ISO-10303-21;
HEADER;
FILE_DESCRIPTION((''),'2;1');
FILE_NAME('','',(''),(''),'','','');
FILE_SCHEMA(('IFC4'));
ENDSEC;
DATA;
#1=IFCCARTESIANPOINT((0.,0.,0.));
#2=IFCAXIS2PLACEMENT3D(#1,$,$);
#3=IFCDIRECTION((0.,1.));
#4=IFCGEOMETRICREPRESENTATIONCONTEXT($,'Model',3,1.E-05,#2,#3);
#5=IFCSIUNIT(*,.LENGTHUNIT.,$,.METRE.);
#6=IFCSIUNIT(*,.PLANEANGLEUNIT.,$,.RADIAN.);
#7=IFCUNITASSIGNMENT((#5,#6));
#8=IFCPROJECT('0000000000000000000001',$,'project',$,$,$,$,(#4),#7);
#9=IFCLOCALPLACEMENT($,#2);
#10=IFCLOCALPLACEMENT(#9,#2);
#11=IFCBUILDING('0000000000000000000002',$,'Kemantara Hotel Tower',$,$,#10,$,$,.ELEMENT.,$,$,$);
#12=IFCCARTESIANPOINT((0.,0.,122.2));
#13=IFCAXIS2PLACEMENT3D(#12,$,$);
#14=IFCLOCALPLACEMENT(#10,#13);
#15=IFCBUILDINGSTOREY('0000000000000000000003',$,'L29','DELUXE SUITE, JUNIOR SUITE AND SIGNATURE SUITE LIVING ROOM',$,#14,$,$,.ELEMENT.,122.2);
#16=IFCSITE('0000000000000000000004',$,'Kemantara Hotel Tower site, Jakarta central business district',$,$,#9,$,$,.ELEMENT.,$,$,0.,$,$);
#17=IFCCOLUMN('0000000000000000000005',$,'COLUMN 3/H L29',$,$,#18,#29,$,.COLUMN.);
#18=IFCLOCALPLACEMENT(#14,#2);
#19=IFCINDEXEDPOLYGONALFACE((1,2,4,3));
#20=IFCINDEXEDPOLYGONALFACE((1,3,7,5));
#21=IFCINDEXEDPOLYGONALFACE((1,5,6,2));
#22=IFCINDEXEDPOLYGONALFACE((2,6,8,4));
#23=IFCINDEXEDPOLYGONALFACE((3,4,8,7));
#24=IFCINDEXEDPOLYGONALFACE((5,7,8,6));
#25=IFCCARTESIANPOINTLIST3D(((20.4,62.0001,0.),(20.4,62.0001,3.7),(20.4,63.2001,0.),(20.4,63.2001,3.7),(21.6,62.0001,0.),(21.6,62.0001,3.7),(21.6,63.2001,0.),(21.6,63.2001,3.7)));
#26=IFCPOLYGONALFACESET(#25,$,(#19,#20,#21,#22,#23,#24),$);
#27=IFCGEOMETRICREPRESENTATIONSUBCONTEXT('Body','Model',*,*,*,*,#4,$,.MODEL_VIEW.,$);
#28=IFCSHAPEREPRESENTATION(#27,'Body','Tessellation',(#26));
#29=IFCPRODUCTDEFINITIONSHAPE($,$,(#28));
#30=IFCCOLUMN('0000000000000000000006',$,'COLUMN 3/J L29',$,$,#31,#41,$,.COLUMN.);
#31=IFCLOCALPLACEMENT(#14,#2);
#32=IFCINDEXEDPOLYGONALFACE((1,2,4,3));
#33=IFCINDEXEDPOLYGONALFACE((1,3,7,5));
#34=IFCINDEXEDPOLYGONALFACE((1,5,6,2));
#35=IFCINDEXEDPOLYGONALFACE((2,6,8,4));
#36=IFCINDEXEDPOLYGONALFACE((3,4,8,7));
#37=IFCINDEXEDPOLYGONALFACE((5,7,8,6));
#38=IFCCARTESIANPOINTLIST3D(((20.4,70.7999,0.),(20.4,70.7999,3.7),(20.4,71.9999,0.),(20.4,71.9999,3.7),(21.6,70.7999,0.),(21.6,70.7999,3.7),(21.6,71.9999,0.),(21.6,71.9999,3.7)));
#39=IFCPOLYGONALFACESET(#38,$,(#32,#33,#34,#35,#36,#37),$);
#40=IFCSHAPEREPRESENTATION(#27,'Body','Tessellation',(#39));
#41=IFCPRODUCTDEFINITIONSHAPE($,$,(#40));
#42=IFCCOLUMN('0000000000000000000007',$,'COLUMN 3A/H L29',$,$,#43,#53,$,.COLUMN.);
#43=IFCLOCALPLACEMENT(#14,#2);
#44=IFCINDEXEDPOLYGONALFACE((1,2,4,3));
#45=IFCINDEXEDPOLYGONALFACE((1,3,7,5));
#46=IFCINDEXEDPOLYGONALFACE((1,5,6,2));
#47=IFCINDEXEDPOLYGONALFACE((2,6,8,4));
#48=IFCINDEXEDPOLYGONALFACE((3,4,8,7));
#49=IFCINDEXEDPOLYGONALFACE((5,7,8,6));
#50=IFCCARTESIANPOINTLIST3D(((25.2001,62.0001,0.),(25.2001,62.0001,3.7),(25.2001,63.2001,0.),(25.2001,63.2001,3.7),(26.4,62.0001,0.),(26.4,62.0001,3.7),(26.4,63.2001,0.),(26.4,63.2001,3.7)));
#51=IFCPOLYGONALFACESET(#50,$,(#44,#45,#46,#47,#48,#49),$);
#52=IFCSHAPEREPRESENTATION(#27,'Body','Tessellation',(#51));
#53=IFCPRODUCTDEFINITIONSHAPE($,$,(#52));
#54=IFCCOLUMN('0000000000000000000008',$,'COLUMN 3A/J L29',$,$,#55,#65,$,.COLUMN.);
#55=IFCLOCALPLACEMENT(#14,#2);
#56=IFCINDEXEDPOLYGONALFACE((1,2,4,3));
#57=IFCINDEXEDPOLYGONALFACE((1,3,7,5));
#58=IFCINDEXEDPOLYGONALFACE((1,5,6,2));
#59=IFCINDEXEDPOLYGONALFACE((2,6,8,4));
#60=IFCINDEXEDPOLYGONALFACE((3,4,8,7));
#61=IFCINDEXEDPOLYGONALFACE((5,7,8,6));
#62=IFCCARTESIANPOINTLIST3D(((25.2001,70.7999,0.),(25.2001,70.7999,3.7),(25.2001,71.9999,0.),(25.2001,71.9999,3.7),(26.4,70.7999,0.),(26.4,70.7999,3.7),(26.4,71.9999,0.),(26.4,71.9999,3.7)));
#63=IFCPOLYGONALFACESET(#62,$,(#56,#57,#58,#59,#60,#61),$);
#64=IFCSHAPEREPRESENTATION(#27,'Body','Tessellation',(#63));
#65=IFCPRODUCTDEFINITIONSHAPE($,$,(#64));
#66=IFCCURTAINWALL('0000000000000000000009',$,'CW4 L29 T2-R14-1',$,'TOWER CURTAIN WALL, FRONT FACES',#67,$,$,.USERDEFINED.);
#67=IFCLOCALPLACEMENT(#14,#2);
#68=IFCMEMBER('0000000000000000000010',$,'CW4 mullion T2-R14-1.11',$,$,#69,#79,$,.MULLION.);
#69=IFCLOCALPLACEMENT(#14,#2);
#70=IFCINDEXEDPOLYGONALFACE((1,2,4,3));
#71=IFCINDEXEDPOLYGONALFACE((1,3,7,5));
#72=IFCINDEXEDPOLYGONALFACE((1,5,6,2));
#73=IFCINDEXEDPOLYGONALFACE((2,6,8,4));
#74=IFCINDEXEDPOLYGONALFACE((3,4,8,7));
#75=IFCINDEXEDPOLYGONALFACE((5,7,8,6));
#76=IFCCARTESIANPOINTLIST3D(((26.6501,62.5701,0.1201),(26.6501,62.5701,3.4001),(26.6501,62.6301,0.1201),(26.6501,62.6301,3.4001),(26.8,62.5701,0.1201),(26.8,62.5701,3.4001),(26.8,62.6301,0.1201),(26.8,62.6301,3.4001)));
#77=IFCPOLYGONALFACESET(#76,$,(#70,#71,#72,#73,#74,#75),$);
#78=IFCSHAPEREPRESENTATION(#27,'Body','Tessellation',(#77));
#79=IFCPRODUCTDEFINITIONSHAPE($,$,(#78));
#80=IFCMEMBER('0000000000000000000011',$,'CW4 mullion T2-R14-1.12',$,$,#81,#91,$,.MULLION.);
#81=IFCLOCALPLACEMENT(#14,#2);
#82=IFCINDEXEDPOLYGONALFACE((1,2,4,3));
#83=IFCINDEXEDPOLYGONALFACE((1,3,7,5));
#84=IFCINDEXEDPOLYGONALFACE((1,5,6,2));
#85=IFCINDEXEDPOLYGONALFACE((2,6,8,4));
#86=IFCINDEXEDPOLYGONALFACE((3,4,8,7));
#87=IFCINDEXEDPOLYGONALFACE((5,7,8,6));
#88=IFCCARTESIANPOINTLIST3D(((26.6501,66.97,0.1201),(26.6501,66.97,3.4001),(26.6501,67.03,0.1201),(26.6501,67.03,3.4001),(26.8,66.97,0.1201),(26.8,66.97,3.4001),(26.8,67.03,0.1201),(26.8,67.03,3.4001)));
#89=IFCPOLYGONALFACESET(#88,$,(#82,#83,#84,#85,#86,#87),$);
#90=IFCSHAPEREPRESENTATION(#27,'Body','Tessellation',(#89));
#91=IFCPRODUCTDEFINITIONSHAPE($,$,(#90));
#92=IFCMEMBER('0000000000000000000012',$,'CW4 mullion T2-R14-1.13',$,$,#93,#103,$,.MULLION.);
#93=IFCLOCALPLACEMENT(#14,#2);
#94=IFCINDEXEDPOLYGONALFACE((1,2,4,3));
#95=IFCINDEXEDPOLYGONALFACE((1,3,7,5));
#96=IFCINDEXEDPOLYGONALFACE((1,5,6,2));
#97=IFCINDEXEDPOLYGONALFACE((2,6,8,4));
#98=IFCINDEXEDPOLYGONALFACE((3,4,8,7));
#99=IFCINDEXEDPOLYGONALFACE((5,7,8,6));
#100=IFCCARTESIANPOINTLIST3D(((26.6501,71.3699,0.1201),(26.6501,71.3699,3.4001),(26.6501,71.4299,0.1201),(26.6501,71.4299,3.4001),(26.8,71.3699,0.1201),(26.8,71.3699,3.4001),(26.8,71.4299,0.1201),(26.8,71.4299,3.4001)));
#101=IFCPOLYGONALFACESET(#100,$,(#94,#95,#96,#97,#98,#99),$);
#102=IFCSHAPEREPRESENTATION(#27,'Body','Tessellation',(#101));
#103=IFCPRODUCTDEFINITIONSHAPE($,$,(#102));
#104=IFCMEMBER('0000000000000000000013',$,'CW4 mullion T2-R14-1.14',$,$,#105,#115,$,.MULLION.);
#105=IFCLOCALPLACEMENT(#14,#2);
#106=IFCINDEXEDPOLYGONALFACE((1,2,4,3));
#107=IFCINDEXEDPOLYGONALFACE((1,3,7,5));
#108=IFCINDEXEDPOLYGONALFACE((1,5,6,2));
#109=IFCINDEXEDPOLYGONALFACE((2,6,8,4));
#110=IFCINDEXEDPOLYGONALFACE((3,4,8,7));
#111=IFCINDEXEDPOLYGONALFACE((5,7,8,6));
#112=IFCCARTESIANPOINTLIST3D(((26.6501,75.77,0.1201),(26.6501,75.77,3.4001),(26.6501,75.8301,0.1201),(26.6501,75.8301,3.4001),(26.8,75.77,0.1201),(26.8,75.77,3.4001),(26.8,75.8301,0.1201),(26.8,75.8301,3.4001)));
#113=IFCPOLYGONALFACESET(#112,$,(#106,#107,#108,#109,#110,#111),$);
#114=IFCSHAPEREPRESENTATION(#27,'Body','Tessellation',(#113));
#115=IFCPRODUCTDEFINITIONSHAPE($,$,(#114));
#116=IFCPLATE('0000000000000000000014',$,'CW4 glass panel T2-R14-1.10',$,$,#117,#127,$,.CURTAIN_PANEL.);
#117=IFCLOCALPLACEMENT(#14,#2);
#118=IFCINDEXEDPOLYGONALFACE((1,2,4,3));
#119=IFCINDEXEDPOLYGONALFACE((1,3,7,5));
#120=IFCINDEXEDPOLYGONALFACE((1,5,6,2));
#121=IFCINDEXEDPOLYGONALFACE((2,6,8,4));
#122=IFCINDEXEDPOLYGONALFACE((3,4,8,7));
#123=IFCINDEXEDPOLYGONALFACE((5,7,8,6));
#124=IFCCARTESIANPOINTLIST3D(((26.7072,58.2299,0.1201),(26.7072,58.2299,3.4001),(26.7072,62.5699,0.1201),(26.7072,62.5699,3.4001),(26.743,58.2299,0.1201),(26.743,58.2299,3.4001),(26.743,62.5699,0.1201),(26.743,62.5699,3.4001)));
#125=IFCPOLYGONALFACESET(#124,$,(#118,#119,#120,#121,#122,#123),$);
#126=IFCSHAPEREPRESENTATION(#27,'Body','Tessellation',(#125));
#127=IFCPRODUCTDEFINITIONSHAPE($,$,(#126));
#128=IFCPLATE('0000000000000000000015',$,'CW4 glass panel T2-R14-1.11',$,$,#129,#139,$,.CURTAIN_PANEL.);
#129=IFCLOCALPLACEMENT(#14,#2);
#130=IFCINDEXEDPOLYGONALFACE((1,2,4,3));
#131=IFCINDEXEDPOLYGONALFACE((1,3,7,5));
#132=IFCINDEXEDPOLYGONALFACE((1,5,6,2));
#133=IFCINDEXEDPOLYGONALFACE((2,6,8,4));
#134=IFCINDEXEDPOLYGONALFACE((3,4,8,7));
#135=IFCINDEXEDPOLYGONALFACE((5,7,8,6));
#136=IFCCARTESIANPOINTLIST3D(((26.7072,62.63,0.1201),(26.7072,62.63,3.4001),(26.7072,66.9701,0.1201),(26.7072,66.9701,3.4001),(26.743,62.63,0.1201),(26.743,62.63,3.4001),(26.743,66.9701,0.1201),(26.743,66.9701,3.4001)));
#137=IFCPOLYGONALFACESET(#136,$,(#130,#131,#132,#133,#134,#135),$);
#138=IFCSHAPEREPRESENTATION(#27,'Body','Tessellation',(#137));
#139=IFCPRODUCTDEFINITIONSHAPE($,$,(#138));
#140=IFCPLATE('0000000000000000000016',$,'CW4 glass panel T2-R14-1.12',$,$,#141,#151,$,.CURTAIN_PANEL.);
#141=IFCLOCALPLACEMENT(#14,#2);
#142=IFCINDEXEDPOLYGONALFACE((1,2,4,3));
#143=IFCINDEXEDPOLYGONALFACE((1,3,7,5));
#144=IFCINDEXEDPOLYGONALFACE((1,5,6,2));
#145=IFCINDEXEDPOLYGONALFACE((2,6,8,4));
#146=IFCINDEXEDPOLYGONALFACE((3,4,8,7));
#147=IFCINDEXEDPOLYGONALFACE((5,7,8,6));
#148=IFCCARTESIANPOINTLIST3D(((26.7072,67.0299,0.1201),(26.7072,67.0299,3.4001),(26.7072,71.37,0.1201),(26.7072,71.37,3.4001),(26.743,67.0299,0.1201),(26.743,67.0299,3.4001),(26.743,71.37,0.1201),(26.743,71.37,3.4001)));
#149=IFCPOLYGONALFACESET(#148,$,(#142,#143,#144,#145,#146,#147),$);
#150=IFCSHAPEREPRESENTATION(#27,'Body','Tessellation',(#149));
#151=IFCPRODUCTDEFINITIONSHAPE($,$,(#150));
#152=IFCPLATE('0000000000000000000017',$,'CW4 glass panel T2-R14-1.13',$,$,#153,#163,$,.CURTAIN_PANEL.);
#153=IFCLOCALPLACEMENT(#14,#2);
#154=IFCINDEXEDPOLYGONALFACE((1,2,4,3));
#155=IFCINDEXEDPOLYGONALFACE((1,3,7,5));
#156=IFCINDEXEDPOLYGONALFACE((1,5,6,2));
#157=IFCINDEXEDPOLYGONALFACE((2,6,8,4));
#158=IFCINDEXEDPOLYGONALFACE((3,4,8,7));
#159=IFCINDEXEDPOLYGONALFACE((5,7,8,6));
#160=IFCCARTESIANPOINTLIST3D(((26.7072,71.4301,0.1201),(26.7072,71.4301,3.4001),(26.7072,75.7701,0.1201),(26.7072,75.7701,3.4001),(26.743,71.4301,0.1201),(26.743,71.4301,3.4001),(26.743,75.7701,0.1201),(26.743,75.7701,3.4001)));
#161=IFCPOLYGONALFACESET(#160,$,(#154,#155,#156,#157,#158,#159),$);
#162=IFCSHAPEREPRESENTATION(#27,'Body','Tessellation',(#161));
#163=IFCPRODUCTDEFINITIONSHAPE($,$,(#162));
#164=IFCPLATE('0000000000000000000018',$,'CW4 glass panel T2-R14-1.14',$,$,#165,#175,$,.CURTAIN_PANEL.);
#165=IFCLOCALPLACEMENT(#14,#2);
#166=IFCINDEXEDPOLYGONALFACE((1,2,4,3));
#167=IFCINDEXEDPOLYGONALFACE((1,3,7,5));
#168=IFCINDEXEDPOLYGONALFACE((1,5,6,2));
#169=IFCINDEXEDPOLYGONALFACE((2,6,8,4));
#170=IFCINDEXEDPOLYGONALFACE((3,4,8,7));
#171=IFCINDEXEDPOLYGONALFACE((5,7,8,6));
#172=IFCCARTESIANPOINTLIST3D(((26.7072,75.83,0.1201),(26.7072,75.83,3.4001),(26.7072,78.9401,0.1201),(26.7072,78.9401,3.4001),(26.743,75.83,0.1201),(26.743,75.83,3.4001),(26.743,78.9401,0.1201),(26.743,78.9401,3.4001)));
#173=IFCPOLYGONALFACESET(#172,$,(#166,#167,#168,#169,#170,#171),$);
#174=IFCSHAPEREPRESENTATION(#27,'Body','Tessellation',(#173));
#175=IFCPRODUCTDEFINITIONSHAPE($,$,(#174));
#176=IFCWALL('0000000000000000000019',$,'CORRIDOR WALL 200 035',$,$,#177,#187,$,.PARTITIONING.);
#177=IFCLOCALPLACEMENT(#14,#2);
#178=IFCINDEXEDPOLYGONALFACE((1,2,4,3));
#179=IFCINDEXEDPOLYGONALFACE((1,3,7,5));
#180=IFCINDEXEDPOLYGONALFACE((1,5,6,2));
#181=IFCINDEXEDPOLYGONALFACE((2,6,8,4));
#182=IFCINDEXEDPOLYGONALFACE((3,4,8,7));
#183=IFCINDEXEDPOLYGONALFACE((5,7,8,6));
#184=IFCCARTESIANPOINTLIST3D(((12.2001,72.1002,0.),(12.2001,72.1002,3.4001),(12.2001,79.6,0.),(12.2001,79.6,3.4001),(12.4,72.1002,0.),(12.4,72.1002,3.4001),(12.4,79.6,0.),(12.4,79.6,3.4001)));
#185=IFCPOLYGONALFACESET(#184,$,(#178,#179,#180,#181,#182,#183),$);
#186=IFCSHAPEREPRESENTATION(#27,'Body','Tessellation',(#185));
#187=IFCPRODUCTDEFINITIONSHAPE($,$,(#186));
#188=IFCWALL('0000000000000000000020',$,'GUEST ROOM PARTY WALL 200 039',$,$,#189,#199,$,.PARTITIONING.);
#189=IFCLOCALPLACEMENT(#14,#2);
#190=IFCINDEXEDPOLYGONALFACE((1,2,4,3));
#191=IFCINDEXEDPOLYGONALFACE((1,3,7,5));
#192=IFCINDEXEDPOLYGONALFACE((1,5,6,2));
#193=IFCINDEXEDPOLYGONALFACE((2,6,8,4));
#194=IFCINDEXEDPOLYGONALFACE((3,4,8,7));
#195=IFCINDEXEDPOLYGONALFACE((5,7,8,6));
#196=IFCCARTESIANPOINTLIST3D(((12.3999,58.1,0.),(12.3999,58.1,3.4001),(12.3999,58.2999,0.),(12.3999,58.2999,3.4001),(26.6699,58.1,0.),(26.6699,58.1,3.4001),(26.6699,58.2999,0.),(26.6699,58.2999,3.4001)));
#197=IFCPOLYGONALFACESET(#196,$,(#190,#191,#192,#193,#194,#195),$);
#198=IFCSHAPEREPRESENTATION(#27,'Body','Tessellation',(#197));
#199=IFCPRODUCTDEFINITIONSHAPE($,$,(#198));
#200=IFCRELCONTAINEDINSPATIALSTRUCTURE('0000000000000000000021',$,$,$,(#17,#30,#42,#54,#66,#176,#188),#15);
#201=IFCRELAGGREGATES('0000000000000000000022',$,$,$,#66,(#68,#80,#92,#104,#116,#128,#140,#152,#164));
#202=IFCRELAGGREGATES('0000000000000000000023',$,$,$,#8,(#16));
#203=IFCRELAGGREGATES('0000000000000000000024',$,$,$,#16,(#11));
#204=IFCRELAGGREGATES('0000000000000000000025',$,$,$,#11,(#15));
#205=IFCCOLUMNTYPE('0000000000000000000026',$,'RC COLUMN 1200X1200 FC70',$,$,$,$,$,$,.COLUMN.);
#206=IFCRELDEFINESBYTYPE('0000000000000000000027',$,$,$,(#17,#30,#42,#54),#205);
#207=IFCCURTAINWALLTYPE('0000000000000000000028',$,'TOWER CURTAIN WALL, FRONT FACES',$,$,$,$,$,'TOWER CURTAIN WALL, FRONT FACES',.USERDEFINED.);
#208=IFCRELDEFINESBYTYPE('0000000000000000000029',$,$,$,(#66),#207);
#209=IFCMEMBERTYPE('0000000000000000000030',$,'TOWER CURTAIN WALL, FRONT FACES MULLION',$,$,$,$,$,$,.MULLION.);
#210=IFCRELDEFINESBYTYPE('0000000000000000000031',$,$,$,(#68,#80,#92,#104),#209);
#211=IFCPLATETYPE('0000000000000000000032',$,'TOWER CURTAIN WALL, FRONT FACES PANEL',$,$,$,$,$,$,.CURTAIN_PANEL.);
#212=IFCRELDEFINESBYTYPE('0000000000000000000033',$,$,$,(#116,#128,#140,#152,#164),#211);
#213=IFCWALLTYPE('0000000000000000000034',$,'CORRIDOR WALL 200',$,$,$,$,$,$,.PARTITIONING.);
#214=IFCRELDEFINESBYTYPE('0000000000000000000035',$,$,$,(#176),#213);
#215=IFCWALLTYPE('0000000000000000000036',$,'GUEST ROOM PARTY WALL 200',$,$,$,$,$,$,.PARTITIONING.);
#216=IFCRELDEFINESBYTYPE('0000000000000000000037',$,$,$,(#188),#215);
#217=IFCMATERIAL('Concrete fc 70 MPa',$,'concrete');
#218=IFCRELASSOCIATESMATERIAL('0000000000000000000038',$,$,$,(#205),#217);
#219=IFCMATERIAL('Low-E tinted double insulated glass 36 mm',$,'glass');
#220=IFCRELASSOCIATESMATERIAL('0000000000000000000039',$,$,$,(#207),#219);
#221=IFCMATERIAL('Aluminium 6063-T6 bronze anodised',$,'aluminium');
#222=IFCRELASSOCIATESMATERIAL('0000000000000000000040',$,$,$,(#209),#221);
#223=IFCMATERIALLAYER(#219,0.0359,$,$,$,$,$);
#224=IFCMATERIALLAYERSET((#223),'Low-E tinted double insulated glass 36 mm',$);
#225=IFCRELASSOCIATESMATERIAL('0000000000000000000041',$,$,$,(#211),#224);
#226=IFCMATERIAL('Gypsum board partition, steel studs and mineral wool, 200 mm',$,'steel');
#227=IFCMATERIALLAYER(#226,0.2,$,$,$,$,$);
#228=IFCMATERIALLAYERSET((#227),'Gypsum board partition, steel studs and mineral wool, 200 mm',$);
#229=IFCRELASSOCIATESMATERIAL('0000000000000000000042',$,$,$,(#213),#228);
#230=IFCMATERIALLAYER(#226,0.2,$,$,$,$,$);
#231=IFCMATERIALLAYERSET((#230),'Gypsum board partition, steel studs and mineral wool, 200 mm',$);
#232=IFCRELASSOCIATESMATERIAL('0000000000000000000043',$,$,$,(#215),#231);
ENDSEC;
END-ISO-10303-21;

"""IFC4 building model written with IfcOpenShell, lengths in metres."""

from ifc_helpers import new_model, si_unit, direction, frame, frame_2d, origin, origin_2d, place, context, subcontext, project, spatial, rectangle, extrude, source, transform, mapped, material, layer, layer_set, material_profile, profile_set, type_object, element, aggregate, save


model = new_model("IFC4")

# Units and contexts
model_context = context("Model", 3, precision=1e-05, world=origin(), true_north=direction((0.0, 1.0)))
body_context = subcontext(model_context, "Body", "Model", "MODEL_VIEW")
ifc_project = project(units=[si_unit("LENGTHUNIT", "METRE"), si_unit("PLANEANGLEUNIT", "RADIAN")], contexts=[model_context])

# Site, building, storey
site_placement = place(None, origin())
site = spatial("IfcSite", under=ifc_project, at=site_placement, Name="Kemantara Hotel Tower site, Jakarta central business district", CompositionType="ELEMENT", RefElevation=0.0)
building_placement = place(site_placement, origin())
building = spatial("IfcBuilding", under=site, at=building_placement, Name="Kemantara Hotel Tower", CompositionType="ELEMENT")
storey_placement = place(building_placement, frame((0.0, 0.0, 122.2)))
storey = spatial("IfcBuildingStorey", under=building, at=storey_placement, Name="L29", Description="DELUXE SUITE, JUNIOR SUITE AND SIGNATURE SUITE LIVING ROOM", CompositionType="ELEMENT", Elevation=122.2)

# Columns
ifc_material_1 = material(Name="Concrete fc 70 MPa", Category="concrete")
ifc_material_profile_1 = material_profile(ifc_material_1, rectangle(XDim=1.2, YDim=1.2, at=origin_2d()), Name="RC 1200X1200")
ifc_profile_set_1 = profile_set([ifc_material_profile_1], Name="Concrete fc 70 MPa")
column_type = type_object("IfcColumnType", Name="RC COLUMN 1200X1200 FC70", PredefinedType="COLUMN", material=ifc_profile_set_1)
for number, where, z_axis, x_axis, name in (
    (1, (21.0, 62.6001, 0.0), (0.0, 0.0, 1.0), (1.0, 0.0, 0.0), "COLUMN 3/H L29"),
    (2, (21.0, 71.3999, 0.0), (0.0, 0.0, 1.0), (1.0, 0.0, 0.0), "COLUMN 3/J L29"),
    (3, (25.8, 62.6001, 0.0), (0.0, 0.0, 1.0), (1.0, 0.0, 0.0), "COLUMN 3A/H L29"),
    (4, (25.8, 71.3999, 0.0), (0.0, 0.0, 1.0), (1.0, 0.0, 0.0), "COLUMN 3A/J L29"),
):
    element("IfcColumn", number, at=place(storey_placement, frame(where, z_axis=z_axis, x_axis=x_axis)), inside=storey, type_object=column_type, Name=name, PredefinedType="COLUMN", context=body_context, shape_type="SweptSolid", body=[
        extrude(rectangle(XDim=1.2, YDim=1.2, at=origin_2d()), origin(), (0.0, 0.0, 1.0), 3.7),
    ])

# Curtain wall, members, plates
ifc_material_2 = material(Name="Low-E tinted double insulated glass 36 mm", Category="glass")
curtain_wall_type = type_object("IfcCurtainWallType", Name="TOWER CURTAIN WALL, FRONT FACES", ElementType="TOWER CURTAIN WALL, FRONT FACES", PredefinedType="USERDEFINED", material=ifc_material_2)
curtain_wall_placement = place(storey_placement, origin())
curtain_wall = element("IfcCurtainWall", 5, at=curtain_wall_placement, inside=storey, type_object=curtain_wall_type, Name="CW4 L29 T2-R14-1", ObjectType="TOWER CURTAIN WALL, FRONT FACES", PredefinedType="USERDEFINED")
ifc_material_3 = material(Name="Aluminium 6063-T6 bronze anodised", Category="aluminium")
ifc_material_profile_2 = material_profile(ifc_material_3, rectangle(XDim=0.1499, YDim=0.0601, at=origin_2d()), Name="TOWER CURTAIN WALL, FRONT FACES MULLION")
ifc_profile_set_2 = profile_set([ifc_material_profile_2], Name="Aluminium 6063-T6 bronze anodised")
member_type = type_object("IfcMemberType", Name="TOWER CURTAIN WALL, FRONT FACES MULLION", PredefinedType="MULLION", material=ifc_profile_set_2)
shared_shape_1 = source(origin(), body_context, "Body", "SweptSolid", [
    extrude(rectangle(XDim=0.1499, YDim=0.0601, at=origin_2d()), origin(), (0.0, 0.0, 1.0), 3.28),
])
member_1_placement = place(storey_placement, frame((26.7251, 62.6001, 0.1201), z_axis=(0.0, 0.0, 1.0), x_axis=(-1.0, 0.0, 0.0)))
member_1 = element("IfcMember", 6, at=member_1_placement, type_object=member_type, Name="CW4 mullion T2-R14-1.11", PredefinedType="MULLION", context=body_context, shape_type="MappedRepresentation", body=[
    mapped(shared_shape_1, transform((0.0, 0.0, 0.0))),
])
member_2_placement = place(storey_placement, frame((26.7251, 67.0, 0.1201), z_axis=(0.0, 0.0, 1.0), x_axis=(-1.0, 0.0, 0.0)))
member_2 = element("IfcMember", 7, at=member_2_placement, type_object=member_type, Name="CW4 mullion T2-R14-1.12", PredefinedType="MULLION", context=body_context, shape_type="MappedRepresentation", body=[
    mapped(shared_shape_1, transform((0.0, 0.0, 0.0))),
])
member_3_placement = place(storey_placement, frame((26.7251, 71.3999, 0.1201), z_axis=(0.0, 0.0, 1.0), x_axis=(-1.0, 0.0, 0.0)))
member_3 = element("IfcMember", 8, at=member_3_placement, type_object=member_type, Name="CW4 mullion T2-R14-1.13", PredefinedType="MULLION", context=body_context, shape_type="MappedRepresentation", body=[
    mapped(shared_shape_1, transform((0.0, 0.0, 0.0))),
])
member_4_placement = place(storey_placement, frame((26.7251, 75.8, 0.1201), z_axis=(0.0, 0.0, 1.0), x_axis=(-1.0, 0.0, 0.0)))
member_4 = element("IfcMember", 9, at=member_4_placement, type_object=member_type, Name="CW4 mullion T2-R14-1.14", PredefinedType="MULLION", context=body_context, shape_type="MappedRepresentation", body=[
    mapped(shared_shape_1, transform((0.0, 0.0, 0.0))),
])
ifc_layer_1 = layer(ifc_material_2, 0.0359)
ifc_layer_set_1 = layer_set([ifc_layer_1], Name="Low-E tinted double insulated glass 36 mm")
plate_type = type_object("IfcPlateType", Name="TOWER CURTAIN WALL, FRONT FACES PANEL", PredefinedType="CURTAIN_PANEL", material=ifc_layer_set_1)
shared_shape_2 = source(origin(), body_context, "Body", "SweptSolid", [
    extrude(rectangle(XDim=4.3401, YDim=0.0359, at=origin_2d()), origin(), (0.0, 0.0, 1.0), 3.28),
])
plate_1_placement = place(storey_placement, frame((26.7251, 60.3999, 0.1201), z_axis=(0.0, 0.0, 1.0), x_axis=(0.0, 1.0, 0.0)))
plate_1 = element("IfcPlate", 10, at=plate_1_placement, type_object=plate_type, Name="CW4 glass panel T2-R14-1.10", PredefinedType="CURTAIN_PANEL", context=body_context, shape_type="MappedRepresentation", body=[
    mapped(shared_shape_2, transform((0.0, 0.0, 0.0))),
])
plate_2_placement = place(storey_placement, frame((26.7251, 64.8, 0.1201), z_axis=(0.0, 0.0, 1.0), x_axis=(0.0, 1.0, 0.0)))
plate_2 = element("IfcPlate", 11, at=plate_2_placement, type_object=plate_type, Name="CW4 glass panel T2-R14-1.11", PredefinedType="CURTAIN_PANEL", context=body_context, shape_type="MappedRepresentation", body=[
    mapped(shared_shape_2, transform((0.0, 0.0, 0.0))),
])
plate_3_placement = place(storey_placement, frame((26.7251, 69.2, 0.1201), z_axis=(0.0, 0.0, 1.0), x_axis=(0.0, 1.0, 0.0)))
plate_3 = element("IfcPlate", 12, at=plate_3_placement, type_object=plate_type, Name="CW4 glass panel T2-R14-1.12", PredefinedType="CURTAIN_PANEL", context=body_context, shape_type="MappedRepresentation", body=[
    mapped(shared_shape_2, transform((0.0, 0.0, 0.0))),
])
plate_4_placement = place(storey_placement, frame((26.7251, 73.6001, 0.1201), z_axis=(0.0, 0.0, 1.0), x_axis=(0.0, 1.0, 0.0)))
plate_4 = element("IfcPlate", 13, at=plate_4_placement, type_object=plate_type, Name="CW4 glass panel T2-R14-1.13", PredefinedType="CURTAIN_PANEL", context=body_context, shape_type="MappedRepresentation", body=[
    mapped(shared_shape_2, transform((0.0, 0.0, 0.0))),
])
shared_shape_3 = source(origin(), body_context, "Body", "SweptSolid", [
    extrude(rectangle(XDim=3.1101, YDim=0.0359, at=origin_2d()), origin(), (0.0, 0.0, 1.0), 3.28),
])
plate_5_placement = place(storey_placement, frame((26.7251, 77.385, 0.1201), z_axis=(0.0, 0.0, 1.0), x_axis=(0.0, 1.0, 0.0)))
plate_5 = element("IfcPlate", 14, at=plate_5_placement, type_object=plate_type, Name="CW4 glass panel T2-R14-1.14", PredefinedType="CURTAIN_PANEL", context=body_context, shape_type="MappedRepresentation", body=[
    mapped(shared_shape_3, transform((0.0, 0.0, 0.0))),
])
aggregate(curtain_wall, [member_1, member_2, member_3, member_4, plate_1, plate_2, plate_3, plate_4, plate_5])

# Walls
ifc_material_4 = material(Name="Gypsum board partition, steel studs and mineral wool, 200 mm", Category="steel")
ifc_layer_2 = layer(ifc_material_4, 0.2)
ifc_layer_set_2 = layer_set([ifc_layer_2], Name="Gypsum board partition, steel studs and mineral wool, 200 mm")
wall_type_1 = type_object("IfcWallType", Name="CORRIDOR WALL 200", PredefinedType="PARTITIONING", material=ifc_layer_set_2)
wall_1_placement = place(storey_placement, frame((12.3, 72.1001, 0.0), z_axis=(0.0, 0.0, 1.0), x_axis=(0.0, 1.0, 0.0)))
element("IfcWall", 15, at=wall_1_placement, inside=storey, type_object=wall_type_1, Name="CORRIDOR WALL 200 035", PredefinedType="PARTITIONING", context=body_context, shape_type="SweptSolid", body=[
    extrude(rectangle(XDim=7.4998, YDim=0.2, at=frame_2d((3.75, 0.0))), origin(), (0.0, 0.0, 1.0), 3.4001),
])
ifc_layer_3 = layer(ifc_material_4, 0.2)
ifc_layer_set_3 = layer_set([ifc_layer_3], Name="Gypsum board partition, steel studs and mineral wool, 200 mm")
wall_type_2 = type_object("IfcWallType", Name="GUEST ROOM PARTY WALL 200", PredefinedType="PARTITIONING", material=ifc_layer_set_3)
for number, where, z_axis, x_axis, name in (
    (16, (12.3999, 58.2, 0.0), (0.0, 0.0, 1.0), (1.0, 0.0, 0.0), "GUEST ROOM PARTY WALL 200 039"),
):
    element("IfcWall", number, at=place(storey_placement, frame(where, z_axis=z_axis, x_axis=x_axis)), inside=storey, type_object=wall_type_2, Name=name, PredefinedType="PARTITIONING", context=body_context, shape_type="SweptSolid", body=[
        extrude(rectangle(XDim=14.27, YDim=0.2, at=frame_2d((7.135, 0.0))), origin(), (0.0, 0.0, 1.0), 3.4001),
    ])

save(model, "model.ifc")
